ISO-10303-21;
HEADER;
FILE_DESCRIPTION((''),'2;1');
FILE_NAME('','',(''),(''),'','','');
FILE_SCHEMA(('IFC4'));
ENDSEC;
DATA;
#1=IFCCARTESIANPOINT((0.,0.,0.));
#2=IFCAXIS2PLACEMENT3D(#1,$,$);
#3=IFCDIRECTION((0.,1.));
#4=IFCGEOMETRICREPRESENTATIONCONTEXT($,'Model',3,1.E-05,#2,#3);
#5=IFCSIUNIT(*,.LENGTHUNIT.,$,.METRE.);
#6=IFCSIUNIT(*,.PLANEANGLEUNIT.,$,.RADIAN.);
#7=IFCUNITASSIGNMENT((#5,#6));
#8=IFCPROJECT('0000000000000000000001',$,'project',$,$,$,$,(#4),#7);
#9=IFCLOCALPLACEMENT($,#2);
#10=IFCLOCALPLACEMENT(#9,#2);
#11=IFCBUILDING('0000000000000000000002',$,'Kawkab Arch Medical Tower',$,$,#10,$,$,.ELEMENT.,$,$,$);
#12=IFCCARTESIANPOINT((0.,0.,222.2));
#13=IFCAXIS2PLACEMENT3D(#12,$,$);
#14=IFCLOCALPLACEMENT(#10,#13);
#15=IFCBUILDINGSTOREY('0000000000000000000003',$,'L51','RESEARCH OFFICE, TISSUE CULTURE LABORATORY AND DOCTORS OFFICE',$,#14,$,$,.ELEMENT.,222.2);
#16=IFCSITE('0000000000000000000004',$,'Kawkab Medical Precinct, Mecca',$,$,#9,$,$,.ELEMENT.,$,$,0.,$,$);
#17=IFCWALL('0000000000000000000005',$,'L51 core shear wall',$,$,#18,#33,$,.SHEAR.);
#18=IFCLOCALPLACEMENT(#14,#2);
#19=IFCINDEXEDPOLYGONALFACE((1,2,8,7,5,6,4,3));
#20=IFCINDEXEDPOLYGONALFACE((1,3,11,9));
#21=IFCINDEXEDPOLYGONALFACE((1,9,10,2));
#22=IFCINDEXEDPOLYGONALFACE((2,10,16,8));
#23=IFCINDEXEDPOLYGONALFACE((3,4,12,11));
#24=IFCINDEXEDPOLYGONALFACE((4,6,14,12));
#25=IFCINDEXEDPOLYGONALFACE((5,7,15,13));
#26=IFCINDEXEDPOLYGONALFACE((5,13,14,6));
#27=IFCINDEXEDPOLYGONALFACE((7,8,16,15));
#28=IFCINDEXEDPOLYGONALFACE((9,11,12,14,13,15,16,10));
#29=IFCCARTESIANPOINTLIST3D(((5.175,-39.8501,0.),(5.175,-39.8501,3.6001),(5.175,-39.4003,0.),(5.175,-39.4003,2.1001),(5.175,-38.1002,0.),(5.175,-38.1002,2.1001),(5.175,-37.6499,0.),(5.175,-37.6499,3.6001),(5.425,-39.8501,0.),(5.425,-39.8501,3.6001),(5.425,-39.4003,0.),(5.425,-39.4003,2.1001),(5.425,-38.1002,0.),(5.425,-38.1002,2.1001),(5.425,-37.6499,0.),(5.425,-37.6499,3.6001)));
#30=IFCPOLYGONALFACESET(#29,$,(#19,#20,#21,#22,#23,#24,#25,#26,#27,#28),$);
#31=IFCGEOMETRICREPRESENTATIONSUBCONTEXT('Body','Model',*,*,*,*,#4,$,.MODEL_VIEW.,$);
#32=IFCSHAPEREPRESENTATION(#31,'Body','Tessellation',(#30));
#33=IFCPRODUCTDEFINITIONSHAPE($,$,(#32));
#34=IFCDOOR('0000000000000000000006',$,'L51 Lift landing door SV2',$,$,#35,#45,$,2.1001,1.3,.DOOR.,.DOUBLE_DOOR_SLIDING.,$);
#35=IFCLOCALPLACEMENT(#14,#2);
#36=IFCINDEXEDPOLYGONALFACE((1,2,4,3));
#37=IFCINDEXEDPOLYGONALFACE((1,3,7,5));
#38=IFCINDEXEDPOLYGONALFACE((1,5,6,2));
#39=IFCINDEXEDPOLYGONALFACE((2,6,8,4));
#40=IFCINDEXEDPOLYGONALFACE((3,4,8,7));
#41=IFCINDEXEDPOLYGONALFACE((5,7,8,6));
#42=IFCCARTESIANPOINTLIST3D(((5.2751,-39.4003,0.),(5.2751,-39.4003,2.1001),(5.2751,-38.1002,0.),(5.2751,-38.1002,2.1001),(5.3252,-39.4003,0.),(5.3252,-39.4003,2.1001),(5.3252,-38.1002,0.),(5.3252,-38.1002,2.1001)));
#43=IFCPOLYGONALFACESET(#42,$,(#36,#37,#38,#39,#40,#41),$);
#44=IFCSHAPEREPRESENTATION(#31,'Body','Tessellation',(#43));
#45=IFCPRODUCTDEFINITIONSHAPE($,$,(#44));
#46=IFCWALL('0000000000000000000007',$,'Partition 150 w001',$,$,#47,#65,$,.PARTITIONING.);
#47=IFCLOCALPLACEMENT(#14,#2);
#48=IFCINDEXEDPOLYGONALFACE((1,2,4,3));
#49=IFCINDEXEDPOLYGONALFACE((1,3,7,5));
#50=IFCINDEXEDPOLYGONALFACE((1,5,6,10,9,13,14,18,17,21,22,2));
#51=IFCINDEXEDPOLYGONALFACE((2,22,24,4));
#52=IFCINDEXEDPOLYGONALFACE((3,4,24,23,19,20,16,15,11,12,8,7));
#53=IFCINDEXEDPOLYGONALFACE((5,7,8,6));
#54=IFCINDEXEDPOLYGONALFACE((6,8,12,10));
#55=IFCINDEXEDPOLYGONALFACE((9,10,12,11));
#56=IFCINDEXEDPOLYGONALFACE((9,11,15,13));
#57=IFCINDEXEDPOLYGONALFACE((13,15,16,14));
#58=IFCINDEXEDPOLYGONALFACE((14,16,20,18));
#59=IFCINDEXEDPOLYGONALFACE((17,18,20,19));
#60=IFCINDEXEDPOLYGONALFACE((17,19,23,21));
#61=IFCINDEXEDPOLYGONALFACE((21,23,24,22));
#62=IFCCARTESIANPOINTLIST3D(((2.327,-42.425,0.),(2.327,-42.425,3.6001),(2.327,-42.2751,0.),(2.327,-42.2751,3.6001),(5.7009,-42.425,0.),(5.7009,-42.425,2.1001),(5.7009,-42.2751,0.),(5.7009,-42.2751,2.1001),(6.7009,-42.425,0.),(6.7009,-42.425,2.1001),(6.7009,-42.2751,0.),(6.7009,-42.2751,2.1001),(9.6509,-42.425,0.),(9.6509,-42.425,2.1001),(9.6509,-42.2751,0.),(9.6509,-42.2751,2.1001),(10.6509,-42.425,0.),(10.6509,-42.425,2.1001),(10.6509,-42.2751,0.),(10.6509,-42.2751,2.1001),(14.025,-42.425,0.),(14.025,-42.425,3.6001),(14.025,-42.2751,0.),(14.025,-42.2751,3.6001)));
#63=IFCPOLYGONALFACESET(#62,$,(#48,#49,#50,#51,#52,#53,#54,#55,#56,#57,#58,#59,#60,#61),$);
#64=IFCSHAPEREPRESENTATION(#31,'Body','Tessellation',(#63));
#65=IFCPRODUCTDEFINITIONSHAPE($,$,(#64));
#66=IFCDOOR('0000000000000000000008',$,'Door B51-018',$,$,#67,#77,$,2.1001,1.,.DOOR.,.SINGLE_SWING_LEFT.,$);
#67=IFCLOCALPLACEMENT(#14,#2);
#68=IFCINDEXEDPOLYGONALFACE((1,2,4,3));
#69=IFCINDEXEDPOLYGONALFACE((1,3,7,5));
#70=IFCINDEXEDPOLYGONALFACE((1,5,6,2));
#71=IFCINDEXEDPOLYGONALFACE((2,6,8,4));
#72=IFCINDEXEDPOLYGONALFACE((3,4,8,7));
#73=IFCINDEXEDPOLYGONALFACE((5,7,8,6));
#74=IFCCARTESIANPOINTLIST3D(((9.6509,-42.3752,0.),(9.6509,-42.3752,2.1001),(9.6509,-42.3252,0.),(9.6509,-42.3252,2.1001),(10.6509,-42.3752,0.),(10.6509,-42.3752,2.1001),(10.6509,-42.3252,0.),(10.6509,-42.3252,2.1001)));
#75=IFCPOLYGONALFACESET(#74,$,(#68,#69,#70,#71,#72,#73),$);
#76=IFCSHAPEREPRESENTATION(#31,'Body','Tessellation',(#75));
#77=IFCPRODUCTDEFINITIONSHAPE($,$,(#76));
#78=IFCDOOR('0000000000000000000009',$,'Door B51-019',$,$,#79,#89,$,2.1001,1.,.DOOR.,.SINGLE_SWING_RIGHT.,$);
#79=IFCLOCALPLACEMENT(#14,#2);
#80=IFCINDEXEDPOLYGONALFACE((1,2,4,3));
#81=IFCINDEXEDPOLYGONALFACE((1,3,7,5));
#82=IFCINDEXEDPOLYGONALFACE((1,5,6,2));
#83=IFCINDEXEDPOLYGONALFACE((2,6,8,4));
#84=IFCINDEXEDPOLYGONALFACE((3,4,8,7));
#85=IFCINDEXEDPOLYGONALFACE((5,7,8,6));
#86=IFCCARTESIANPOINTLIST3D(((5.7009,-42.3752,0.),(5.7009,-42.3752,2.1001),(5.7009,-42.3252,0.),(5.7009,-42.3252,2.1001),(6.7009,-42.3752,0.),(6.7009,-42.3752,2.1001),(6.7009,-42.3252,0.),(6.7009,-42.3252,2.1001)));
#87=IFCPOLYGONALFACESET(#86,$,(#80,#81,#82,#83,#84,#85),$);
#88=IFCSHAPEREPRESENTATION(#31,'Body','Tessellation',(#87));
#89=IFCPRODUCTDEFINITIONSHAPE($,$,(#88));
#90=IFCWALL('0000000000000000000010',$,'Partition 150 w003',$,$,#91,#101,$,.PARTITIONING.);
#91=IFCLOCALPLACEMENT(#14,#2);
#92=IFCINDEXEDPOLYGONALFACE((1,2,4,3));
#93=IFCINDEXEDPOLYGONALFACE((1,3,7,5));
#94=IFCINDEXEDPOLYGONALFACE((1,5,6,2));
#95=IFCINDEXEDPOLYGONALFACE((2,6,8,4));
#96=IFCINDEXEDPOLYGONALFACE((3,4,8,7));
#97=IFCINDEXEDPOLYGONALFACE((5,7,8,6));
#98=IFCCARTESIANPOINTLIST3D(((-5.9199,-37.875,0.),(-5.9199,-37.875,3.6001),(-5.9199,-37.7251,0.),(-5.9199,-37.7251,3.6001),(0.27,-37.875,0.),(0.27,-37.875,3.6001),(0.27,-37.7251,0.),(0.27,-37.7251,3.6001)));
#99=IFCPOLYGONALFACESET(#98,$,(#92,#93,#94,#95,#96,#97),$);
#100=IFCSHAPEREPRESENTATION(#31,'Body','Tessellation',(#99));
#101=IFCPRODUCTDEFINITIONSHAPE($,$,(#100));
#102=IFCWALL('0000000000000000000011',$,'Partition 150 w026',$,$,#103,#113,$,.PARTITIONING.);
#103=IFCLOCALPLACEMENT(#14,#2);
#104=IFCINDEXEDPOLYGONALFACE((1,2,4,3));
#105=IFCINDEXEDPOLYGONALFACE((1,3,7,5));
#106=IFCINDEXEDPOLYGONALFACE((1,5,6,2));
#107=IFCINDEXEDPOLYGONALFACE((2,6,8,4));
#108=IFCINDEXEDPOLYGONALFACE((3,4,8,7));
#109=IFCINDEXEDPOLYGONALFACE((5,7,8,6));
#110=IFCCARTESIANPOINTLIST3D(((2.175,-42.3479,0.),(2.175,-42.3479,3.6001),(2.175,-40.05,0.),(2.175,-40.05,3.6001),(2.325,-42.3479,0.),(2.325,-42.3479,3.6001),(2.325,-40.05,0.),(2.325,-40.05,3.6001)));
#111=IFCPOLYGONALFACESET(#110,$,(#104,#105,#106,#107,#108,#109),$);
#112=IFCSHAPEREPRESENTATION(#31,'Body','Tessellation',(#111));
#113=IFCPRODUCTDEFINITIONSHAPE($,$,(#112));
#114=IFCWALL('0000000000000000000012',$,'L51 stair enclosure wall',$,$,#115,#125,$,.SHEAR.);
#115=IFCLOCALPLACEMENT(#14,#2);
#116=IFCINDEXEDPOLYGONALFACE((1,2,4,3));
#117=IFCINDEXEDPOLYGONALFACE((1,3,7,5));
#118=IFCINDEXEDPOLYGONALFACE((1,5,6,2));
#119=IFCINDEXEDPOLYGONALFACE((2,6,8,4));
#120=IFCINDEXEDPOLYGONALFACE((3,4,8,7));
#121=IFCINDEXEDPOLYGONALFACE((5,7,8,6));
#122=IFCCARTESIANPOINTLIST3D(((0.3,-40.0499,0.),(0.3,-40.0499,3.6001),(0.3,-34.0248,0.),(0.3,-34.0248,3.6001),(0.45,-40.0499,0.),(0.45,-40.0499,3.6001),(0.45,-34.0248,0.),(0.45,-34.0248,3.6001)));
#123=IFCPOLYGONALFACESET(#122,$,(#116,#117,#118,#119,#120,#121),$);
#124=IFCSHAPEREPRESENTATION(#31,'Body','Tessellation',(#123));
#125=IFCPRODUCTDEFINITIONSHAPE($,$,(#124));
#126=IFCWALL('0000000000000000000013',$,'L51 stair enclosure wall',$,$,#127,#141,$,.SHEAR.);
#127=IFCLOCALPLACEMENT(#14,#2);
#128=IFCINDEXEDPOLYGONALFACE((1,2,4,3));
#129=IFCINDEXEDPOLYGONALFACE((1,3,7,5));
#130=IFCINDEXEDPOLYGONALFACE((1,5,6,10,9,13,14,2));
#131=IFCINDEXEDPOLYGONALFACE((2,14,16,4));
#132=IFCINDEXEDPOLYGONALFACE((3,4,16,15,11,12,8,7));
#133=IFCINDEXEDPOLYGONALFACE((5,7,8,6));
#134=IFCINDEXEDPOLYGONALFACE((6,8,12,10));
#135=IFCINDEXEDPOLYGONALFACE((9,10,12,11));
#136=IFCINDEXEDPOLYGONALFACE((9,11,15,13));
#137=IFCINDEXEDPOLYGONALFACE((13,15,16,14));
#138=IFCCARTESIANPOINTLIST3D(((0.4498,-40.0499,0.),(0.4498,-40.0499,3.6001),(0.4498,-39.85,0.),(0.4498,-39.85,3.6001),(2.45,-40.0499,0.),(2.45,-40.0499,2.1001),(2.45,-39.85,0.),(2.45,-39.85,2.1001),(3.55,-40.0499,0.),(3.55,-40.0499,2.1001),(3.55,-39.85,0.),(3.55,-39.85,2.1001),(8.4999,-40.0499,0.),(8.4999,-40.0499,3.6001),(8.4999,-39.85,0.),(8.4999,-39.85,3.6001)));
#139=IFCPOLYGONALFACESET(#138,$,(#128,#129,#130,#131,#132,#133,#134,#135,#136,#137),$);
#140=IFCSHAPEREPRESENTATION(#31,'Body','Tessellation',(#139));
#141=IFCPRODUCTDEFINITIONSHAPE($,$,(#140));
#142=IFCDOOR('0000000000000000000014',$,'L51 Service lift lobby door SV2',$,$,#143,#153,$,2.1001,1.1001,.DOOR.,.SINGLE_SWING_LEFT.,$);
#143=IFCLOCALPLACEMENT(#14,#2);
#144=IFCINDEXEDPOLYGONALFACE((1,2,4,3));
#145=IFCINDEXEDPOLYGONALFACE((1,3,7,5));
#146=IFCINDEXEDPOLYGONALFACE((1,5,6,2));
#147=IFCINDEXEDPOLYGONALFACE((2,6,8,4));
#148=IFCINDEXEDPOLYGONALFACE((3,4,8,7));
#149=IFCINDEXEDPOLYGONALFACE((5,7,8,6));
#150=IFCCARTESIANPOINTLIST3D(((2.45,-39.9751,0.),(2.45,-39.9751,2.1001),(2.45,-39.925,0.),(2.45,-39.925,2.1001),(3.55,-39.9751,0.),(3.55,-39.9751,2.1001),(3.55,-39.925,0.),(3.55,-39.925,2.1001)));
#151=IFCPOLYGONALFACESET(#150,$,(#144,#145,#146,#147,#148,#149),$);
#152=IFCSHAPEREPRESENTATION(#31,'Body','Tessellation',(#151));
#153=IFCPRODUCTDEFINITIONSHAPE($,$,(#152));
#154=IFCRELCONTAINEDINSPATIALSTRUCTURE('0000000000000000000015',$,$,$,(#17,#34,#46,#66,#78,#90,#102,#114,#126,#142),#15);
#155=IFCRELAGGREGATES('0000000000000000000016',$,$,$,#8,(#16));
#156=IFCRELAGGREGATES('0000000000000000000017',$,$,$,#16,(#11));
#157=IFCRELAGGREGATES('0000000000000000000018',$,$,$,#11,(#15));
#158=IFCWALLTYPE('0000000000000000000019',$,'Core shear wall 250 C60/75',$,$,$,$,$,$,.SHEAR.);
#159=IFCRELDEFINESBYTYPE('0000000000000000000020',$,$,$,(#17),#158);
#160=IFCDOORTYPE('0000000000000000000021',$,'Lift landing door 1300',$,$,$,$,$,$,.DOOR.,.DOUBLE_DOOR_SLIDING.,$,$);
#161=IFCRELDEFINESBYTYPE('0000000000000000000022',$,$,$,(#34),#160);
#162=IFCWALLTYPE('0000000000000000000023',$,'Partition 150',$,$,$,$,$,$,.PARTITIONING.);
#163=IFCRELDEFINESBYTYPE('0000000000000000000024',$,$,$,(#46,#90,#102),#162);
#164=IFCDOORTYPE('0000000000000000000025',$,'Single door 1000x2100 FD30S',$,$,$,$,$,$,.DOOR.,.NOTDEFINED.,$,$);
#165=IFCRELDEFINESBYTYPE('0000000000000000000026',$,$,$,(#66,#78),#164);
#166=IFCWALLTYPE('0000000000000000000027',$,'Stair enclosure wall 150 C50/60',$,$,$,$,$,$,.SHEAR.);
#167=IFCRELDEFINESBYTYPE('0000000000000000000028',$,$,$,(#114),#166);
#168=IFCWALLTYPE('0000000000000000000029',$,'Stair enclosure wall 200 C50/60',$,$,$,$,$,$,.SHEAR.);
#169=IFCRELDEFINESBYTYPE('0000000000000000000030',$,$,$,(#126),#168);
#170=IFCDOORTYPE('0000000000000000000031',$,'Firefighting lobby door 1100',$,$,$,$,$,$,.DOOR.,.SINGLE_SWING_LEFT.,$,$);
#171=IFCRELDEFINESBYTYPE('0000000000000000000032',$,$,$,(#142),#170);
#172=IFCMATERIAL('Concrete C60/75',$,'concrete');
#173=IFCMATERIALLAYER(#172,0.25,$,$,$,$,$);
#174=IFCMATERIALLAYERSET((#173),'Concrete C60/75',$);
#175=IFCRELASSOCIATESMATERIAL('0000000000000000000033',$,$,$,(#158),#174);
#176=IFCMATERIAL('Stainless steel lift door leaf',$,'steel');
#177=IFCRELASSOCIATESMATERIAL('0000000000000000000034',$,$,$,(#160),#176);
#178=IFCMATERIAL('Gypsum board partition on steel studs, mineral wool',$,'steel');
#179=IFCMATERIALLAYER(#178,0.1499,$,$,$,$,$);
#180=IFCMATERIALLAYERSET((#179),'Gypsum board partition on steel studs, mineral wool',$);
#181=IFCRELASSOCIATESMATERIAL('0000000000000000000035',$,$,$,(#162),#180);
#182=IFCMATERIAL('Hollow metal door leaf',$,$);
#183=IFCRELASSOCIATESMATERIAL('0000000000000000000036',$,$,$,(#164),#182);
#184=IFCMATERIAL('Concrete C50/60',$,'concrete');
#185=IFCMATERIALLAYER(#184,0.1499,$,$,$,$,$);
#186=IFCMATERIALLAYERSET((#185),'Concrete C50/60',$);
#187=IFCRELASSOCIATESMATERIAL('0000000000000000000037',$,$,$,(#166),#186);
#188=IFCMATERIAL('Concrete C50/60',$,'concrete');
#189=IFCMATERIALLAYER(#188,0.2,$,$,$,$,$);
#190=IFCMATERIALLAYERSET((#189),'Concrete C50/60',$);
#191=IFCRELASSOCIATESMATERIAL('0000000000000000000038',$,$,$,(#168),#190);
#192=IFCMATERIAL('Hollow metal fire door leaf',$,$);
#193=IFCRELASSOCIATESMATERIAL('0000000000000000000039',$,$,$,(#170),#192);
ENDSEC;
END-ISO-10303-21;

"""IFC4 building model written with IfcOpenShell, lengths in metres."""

from ifc_helpers import new_model, si_unit, direction, frame, frame_2d, origin, place, context, subcontext, project, spatial, rectangle, extrude, material, layer, layer_set, type_object, element, fill, save


model = new_model("IFC4")

# Units and contexts
model_context = context("Model", 3, precision=1e-05, world=origin(), true_north=direction((0.0, 1.0)))
body_context = subcontext(model_context, "Body", "Model", "MODEL_VIEW")
ifc_project = project(units=[si_unit("LENGTHUNIT", "METRE"), si_unit("PLANEANGLEUNIT", "RADIAN")], contexts=[model_context])

# Site, building, storey
site_placement = place(None, origin())
site = spatial("IfcSite", under=ifc_project, at=site_placement, Name="Kawkab Medical Precinct, Mecca", CompositionType="ELEMENT", RefElevation=0.0)
building_placement = place(site_placement, origin())
building = spatial("IfcBuilding", under=site, at=building_placement, Name="Kawkab Arch Medical Tower", CompositionType="ELEMENT")
storey_placement = place(building_placement, frame((0.0, 0.0, 222.2)))
storey = spatial("IfcBuildingStorey", under=building, at=storey_placement, Name="L51", Description="RESEARCH OFFICE, TISSUE CULTURE LABORATORY AND DOCTORS OFFICE", CompositionType="ELEMENT", Elevation=222.2)

# Wall, opening, door
ifc_material_1 = material(Name="Concrete C60/75", Category="concrete")
ifc_layer_1 = layer(ifc_material_1, 0.25)
ifc_layer_set_1 = layer_set([ifc_layer_1], Name="Concrete C60/75")
wall_type_1 = type_object("IfcWallType", Name="Core shear wall 250 C60/75", PredefinedType="SHEAR", material=ifc_layer_set_1)
wall_1_placement = place(storey_placement, frame((5.3, -39.8501, 0.0), z_axis=(0.0, 0.0, 1.0), x_axis=(0.0, 1.0, 0.0)))
wall_1 = element("IfcWall", 1, at=wall_1_placement, inside=storey, type_object=wall_type_1, Name="L51 core shear wall", PredefinedType="SHEAR", context=body_context, shape_type="SweptSolid", body=[
    extrude(rectangle(XDim=2.2002, YDim=0.25, at=frame_2d((1.1001, 0.0))), origin(), (0.0, 0.0, 1.0), 3.6001),
])
opening_1_placement = place(wall_1_placement, frame((0.45, 0.0, 0.0)))
opening_1 = element("IfcOpeningElement", 2, at=opening_1_placement, cuts=wall_1, PredefinedType="OPENING", context=body_context, shape_type="SweptSolid", body=[
    extrude(rectangle(XDim=1.3, YDim=2.1001, at=frame_2d((0.6499, 1.05))), frame((0.0, 0.135, 0.0), z_axis=(0.0, -1.0, 0.0), x_axis=(1.0, 0.0, 0.0)), (0.0, 0.0, 1.0), 0.27),
])
ifc_material_2 = material(Name="Stainless steel lift door leaf", Category="steel")
door_type_1 = type_object("IfcDoorType", Name="Lift landing door 1300", OperationType="DOUBLE_DOOR_SLIDING", PredefinedType="DOOR", material=ifc_material_2)
door_1_placement = place(opening_1_placement, origin())
door_1 = element("IfcDoor", 3, at=door_1_placement, inside=storey, type_object=door_type_1, Name="L51 Lift landing door SV2", OperationType="DOUBLE_DOOR_SLIDING", OverallHeight=2.1001, OverallWidth=1.3, PredefinedType="DOOR", context=body_context, shape_type="SweptSolid", body=[
    extrude(rectangle(XDim=1.3, YDim=2.1001, at=frame_2d((0.6499, 1.05))), frame((0.0, 0.0249, 0.0), z_axis=(0.0, -1.0, 0.0), x_axis=(1.0, 0.0, 0.0)), (0.0, 0.0, 1.0), 0.05),
])
fill(opening_1, door_1)

# Wall, openings, doors
ifc_material_3 = material(Name="Gypsum board partition on steel studs, mineral wool", Category="steel")
ifc_layer_2 = layer(ifc_material_3, 0.1499)
ifc_layer_set_2 = layer_set([ifc_layer_2], Name="Gypsum board partition on steel studs, mineral wool")
wall_type_2 = type_object("IfcWallType", Name="Partition 150", PredefinedType="PARTITIONING", material=ifc_layer_set_2)
wall_2_placement = place(storey_placement, frame((2.3269, -42.3501, 0.0), z_axis=(0.0, 0.0, 1.0), x_axis=(1.0, 0.0, 0.0)))
wall_2 = element("IfcWall", 4, at=wall_2_placement, inside=storey, type_object=wall_type_2, Name="Partition 150 w001", PredefinedType="PARTITIONING", context=body_context, shape_type="SweptSolid", body=[
    extrude(rectangle(XDim=11.698, YDim=0.1499, at=frame_2d((5.8491, 0.0))), origin(), (0.0, 0.0, 1.0), 3.6001),
])
opening_2_placement = place(wall_2_placement, frame((7.324, 0.0, 0.0)))
opening_2 = element("IfcOpeningElement", 5, at=opening_2_placement, cuts=wall_2, PredefinedType="OPENING", context=body_context, shape_type="SweptSolid", body=[
    extrude(rectangle(XDim=1.0, YDim=2.1001, at=frame_2d((0.5, 1.05))), frame((0.0, 0.085, 0.0), z_axis=(0.0, -1.0, 0.0), x_axis=(1.0, 0.0, 0.0)), (0.0, 0.0, 1.0), 0.1699),
])
opening_3_placement = place(wall_2_placement, frame((3.374, 0.0, 0.0)))
opening_3 = element("IfcOpeningElement", 6, at=opening_3_placement, cuts=wall_2, PredefinedType="OPENING", context=body_context, shape_type="SweptSolid", body=[
    extrude(rectangle(XDim=1.0, YDim=2.1001, at=frame_2d((0.5, 1.05))), frame((0.0, 0.085, 0.0), z_axis=(0.0, -1.0, 0.0), x_axis=(1.0, 0.0, 0.0)), (0.0, 0.0, 1.0), 0.1699),
])
ifc_material_4 = material(Name="Hollow metal door leaf")
door_type_2 = type_object("IfcDoorType", Name="Single door 1000x2100 FD30S", OperationType="NOTDEFINED", PredefinedType="DOOR", material=ifc_material_4)
door_2_placement = place(opening_2_placement, origin())
door_2 = element("IfcDoor", 7, at=door_2_placement, inside=storey, type_object=door_type_2, Name="Door B51-018", OperationType="SINGLE_SWING_LEFT", OverallHeight=2.1001, OverallWidth=1.0, PredefinedType="DOOR", context=body_context, shape_type="SweptSolid", body=[
    extrude(rectangle(XDim=1.0, YDim=2.1001, at=frame_2d((0.5, 1.05))), frame((0.0, 0.0249, 0.0), z_axis=(0.0, -1.0, 0.0), x_axis=(1.0, 0.0, 0.0)), (0.0, 0.0, 1.0), 0.05),
])
fill(opening_2, door_2)
door_3_placement = place(opening_3_placement, origin())
door_3 = element("IfcDoor", 8, at=door_3_placement, inside=storey, type_object=door_type_2, Name="Door B51-019", OperationType="SINGLE_SWING_RIGHT", OverallHeight=2.1001, OverallWidth=1.0, PredefinedType="DOOR", context=body_context, shape_type="SweptSolid", body=[
    extrude(rectangle(XDim=1.0, YDim=2.1001, at=frame_2d((0.5, 1.05))), frame((0.0, 0.0249, 0.0), z_axis=(0.0, -1.0, 0.0), x_axis=(1.0, 0.0, 0.0)), (0.0, 0.0, 1.0), 0.05),
])
fill(opening_3, door_3)

# Walls
wall_3_placement = place(storey_placement, frame((-5.9199, -37.8, 0.0), z_axis=(0.0, 0.0, 1.0), x_axis=(1.0, 0.0, 0.0)))
element("IfcWall", 9, at=wall_3_placement, inside=storey, type_object=wall_type_2, Name="Partition 150 w003", PredefinedType="PARTITIONING", context=body_context, shape_type="SweptSolid", body=[
    extrude(rectangle(XDim=6.1899, YDim=0.1499, at=frame_2d((3.095, 0.0))), origin(), (0.0, 0.0, 1.0), 3.6001),
])
wall_4_placement = place(storey_placement, frame((2.25, -42.3479, 0.0), z_axis=(0.0, 0.0, 1.0), x_axis=(0.0, 1.0, 0.0)))
element("IfcWall", 10, at=wall_4_placement, inside=storey, type_object=wall_type_2, Name="Partition 150 w026", PredefinedType="PARTITIONING", context=body_context, shape_type="SweptSolid", body=[
    extrude(rectangle(XDim=2.2979, YDim=0.1499, at=frame_2d((1.1489, 0.0))), origin(), (0.0, 0.0, 1.0), 3.6001),
])
ifc_material_5 = material(Name="Concrete C50/60", Category="concrete")
ifc_layer_3 = layer(ifc_material_5, 0.1499)
ifc_layer_set_3 = layer_set([ifc_layer_3], Name="Concrete C50/60")
wall_type_3 = type_object("IfcWallType", Name="Stair enclosure wall 150 C50/60", PredefinedType="SHEAR", material=ifc_layer_set_3)
wall_5_placement = place(storey_placement, frame((0.375, -40.05, 0.0), z_axis=(0.0, 0.0, 1.0), x_axis=(0.0, 1.0, 0.0)))
element("IfcWall", 11, at=wall_5_placement, inside=storey, type_object=wall_type_3, Name="L51 stair enclosure wall", PredefinedType="SHEAR", context=body_context, shape_type="SweptSolid", body=[
    extrude(rectangle(XDim=6.0251, YDim=0.1499, at=frame_2d((3.0127, 0.0))), origin(), (0.0, 0.0, 1.0), 3.6001),
])

# Wall, opening, door
ifc_material_6 = material(Name="Concrete C50/60", Category="concrete")
ifc_layer_4 = layer(ifc_material_6, 0.2)
ifc_layer_set_4 = layer_set([ifc_layer_4], Name="Concrete C50/60")
wall_type_4 = type_object("IfcWallType", Name="Stair enclosure wall 200 C50/60", PredefinedType="SHEAR", material=ifc_layer_set_4)
wall_6_placement = place(storey_placement, frame((0.45, -39.95, 0.0), z_axis=(0.0, 0.0, 1.0), x_axis=(1.0, 0.0, 0.0)))
wall_6 = element("IfcWall", 12, at=wall_6_placement, inside=storey, type_object=wall_type_4, Name="L51 stair enclosure wall", PredefinedType="SHEAR", context=body_context, shape_type="SweptSolid", body=[
    extrude(rectangle(XDim=8.05, YDim=0.2, at=frame_2d((4.0249, 0.0))), origin(), (0.0, 0.0, 1.0), 3.6001),
])
opening_4_placement = place(wall_6_placement, frame((2.0, 0.0, 0.0)))
opening_4 = element("IfcOpeningElement", 13, at=opening_4_placement, cuts=wall_6, PredefinedType="OPENING", context=body_context, shape_type="SweptSolid", body=[
    extrude(rectangle(XDim=1.1001, YDim=2.1001, at=frame_2d((0.55, 1.05))), frame((0.0, 0.1099, 0.0), z_axis=(0.0, -1.0, 0.0), x_axis=(1.0, 0.0, 0.0)), (0.0, 0.0, 1.0), 0.22),
])
ifc_material_7 = material(Name="Hollow metal fire door leaf")
door_type_3 = type_object("IfcDoorType", Name="Firefighting lobby door 1100", OperationType="SINGLE_SWING_LEFT", PredefinedType="DOOR", material=ifc_material_7)
door_4_placement = place(opening_4_placement, origin())
door_4 = element("IfcDoor", 14, at=door_4_placement, inside=storey, type_object=door_type_3, Name="L51 Service lift lobby door SV2", OperationType="SINGLE_SWING_LEFT", OverallHeight=2.1001, OverallWidth=1.1001, PredefinedType="DOOR", context=body_context, shape_type="SweptSolid", body=[
    extrude(rectangle(XDim=1.1001, YDim=2.1001, at=frame_2d((0.55, 1.05))), frame((0.0, 0.0249, 0.0), z_axis=(0.0, -1.0, 0.0), x_axis=(1.0, 0.0, 0.0)), (0.0, 0.0, 1.0), 0.05),
])
fill(opening_4, door_4)

save(model, "model.ifc")
